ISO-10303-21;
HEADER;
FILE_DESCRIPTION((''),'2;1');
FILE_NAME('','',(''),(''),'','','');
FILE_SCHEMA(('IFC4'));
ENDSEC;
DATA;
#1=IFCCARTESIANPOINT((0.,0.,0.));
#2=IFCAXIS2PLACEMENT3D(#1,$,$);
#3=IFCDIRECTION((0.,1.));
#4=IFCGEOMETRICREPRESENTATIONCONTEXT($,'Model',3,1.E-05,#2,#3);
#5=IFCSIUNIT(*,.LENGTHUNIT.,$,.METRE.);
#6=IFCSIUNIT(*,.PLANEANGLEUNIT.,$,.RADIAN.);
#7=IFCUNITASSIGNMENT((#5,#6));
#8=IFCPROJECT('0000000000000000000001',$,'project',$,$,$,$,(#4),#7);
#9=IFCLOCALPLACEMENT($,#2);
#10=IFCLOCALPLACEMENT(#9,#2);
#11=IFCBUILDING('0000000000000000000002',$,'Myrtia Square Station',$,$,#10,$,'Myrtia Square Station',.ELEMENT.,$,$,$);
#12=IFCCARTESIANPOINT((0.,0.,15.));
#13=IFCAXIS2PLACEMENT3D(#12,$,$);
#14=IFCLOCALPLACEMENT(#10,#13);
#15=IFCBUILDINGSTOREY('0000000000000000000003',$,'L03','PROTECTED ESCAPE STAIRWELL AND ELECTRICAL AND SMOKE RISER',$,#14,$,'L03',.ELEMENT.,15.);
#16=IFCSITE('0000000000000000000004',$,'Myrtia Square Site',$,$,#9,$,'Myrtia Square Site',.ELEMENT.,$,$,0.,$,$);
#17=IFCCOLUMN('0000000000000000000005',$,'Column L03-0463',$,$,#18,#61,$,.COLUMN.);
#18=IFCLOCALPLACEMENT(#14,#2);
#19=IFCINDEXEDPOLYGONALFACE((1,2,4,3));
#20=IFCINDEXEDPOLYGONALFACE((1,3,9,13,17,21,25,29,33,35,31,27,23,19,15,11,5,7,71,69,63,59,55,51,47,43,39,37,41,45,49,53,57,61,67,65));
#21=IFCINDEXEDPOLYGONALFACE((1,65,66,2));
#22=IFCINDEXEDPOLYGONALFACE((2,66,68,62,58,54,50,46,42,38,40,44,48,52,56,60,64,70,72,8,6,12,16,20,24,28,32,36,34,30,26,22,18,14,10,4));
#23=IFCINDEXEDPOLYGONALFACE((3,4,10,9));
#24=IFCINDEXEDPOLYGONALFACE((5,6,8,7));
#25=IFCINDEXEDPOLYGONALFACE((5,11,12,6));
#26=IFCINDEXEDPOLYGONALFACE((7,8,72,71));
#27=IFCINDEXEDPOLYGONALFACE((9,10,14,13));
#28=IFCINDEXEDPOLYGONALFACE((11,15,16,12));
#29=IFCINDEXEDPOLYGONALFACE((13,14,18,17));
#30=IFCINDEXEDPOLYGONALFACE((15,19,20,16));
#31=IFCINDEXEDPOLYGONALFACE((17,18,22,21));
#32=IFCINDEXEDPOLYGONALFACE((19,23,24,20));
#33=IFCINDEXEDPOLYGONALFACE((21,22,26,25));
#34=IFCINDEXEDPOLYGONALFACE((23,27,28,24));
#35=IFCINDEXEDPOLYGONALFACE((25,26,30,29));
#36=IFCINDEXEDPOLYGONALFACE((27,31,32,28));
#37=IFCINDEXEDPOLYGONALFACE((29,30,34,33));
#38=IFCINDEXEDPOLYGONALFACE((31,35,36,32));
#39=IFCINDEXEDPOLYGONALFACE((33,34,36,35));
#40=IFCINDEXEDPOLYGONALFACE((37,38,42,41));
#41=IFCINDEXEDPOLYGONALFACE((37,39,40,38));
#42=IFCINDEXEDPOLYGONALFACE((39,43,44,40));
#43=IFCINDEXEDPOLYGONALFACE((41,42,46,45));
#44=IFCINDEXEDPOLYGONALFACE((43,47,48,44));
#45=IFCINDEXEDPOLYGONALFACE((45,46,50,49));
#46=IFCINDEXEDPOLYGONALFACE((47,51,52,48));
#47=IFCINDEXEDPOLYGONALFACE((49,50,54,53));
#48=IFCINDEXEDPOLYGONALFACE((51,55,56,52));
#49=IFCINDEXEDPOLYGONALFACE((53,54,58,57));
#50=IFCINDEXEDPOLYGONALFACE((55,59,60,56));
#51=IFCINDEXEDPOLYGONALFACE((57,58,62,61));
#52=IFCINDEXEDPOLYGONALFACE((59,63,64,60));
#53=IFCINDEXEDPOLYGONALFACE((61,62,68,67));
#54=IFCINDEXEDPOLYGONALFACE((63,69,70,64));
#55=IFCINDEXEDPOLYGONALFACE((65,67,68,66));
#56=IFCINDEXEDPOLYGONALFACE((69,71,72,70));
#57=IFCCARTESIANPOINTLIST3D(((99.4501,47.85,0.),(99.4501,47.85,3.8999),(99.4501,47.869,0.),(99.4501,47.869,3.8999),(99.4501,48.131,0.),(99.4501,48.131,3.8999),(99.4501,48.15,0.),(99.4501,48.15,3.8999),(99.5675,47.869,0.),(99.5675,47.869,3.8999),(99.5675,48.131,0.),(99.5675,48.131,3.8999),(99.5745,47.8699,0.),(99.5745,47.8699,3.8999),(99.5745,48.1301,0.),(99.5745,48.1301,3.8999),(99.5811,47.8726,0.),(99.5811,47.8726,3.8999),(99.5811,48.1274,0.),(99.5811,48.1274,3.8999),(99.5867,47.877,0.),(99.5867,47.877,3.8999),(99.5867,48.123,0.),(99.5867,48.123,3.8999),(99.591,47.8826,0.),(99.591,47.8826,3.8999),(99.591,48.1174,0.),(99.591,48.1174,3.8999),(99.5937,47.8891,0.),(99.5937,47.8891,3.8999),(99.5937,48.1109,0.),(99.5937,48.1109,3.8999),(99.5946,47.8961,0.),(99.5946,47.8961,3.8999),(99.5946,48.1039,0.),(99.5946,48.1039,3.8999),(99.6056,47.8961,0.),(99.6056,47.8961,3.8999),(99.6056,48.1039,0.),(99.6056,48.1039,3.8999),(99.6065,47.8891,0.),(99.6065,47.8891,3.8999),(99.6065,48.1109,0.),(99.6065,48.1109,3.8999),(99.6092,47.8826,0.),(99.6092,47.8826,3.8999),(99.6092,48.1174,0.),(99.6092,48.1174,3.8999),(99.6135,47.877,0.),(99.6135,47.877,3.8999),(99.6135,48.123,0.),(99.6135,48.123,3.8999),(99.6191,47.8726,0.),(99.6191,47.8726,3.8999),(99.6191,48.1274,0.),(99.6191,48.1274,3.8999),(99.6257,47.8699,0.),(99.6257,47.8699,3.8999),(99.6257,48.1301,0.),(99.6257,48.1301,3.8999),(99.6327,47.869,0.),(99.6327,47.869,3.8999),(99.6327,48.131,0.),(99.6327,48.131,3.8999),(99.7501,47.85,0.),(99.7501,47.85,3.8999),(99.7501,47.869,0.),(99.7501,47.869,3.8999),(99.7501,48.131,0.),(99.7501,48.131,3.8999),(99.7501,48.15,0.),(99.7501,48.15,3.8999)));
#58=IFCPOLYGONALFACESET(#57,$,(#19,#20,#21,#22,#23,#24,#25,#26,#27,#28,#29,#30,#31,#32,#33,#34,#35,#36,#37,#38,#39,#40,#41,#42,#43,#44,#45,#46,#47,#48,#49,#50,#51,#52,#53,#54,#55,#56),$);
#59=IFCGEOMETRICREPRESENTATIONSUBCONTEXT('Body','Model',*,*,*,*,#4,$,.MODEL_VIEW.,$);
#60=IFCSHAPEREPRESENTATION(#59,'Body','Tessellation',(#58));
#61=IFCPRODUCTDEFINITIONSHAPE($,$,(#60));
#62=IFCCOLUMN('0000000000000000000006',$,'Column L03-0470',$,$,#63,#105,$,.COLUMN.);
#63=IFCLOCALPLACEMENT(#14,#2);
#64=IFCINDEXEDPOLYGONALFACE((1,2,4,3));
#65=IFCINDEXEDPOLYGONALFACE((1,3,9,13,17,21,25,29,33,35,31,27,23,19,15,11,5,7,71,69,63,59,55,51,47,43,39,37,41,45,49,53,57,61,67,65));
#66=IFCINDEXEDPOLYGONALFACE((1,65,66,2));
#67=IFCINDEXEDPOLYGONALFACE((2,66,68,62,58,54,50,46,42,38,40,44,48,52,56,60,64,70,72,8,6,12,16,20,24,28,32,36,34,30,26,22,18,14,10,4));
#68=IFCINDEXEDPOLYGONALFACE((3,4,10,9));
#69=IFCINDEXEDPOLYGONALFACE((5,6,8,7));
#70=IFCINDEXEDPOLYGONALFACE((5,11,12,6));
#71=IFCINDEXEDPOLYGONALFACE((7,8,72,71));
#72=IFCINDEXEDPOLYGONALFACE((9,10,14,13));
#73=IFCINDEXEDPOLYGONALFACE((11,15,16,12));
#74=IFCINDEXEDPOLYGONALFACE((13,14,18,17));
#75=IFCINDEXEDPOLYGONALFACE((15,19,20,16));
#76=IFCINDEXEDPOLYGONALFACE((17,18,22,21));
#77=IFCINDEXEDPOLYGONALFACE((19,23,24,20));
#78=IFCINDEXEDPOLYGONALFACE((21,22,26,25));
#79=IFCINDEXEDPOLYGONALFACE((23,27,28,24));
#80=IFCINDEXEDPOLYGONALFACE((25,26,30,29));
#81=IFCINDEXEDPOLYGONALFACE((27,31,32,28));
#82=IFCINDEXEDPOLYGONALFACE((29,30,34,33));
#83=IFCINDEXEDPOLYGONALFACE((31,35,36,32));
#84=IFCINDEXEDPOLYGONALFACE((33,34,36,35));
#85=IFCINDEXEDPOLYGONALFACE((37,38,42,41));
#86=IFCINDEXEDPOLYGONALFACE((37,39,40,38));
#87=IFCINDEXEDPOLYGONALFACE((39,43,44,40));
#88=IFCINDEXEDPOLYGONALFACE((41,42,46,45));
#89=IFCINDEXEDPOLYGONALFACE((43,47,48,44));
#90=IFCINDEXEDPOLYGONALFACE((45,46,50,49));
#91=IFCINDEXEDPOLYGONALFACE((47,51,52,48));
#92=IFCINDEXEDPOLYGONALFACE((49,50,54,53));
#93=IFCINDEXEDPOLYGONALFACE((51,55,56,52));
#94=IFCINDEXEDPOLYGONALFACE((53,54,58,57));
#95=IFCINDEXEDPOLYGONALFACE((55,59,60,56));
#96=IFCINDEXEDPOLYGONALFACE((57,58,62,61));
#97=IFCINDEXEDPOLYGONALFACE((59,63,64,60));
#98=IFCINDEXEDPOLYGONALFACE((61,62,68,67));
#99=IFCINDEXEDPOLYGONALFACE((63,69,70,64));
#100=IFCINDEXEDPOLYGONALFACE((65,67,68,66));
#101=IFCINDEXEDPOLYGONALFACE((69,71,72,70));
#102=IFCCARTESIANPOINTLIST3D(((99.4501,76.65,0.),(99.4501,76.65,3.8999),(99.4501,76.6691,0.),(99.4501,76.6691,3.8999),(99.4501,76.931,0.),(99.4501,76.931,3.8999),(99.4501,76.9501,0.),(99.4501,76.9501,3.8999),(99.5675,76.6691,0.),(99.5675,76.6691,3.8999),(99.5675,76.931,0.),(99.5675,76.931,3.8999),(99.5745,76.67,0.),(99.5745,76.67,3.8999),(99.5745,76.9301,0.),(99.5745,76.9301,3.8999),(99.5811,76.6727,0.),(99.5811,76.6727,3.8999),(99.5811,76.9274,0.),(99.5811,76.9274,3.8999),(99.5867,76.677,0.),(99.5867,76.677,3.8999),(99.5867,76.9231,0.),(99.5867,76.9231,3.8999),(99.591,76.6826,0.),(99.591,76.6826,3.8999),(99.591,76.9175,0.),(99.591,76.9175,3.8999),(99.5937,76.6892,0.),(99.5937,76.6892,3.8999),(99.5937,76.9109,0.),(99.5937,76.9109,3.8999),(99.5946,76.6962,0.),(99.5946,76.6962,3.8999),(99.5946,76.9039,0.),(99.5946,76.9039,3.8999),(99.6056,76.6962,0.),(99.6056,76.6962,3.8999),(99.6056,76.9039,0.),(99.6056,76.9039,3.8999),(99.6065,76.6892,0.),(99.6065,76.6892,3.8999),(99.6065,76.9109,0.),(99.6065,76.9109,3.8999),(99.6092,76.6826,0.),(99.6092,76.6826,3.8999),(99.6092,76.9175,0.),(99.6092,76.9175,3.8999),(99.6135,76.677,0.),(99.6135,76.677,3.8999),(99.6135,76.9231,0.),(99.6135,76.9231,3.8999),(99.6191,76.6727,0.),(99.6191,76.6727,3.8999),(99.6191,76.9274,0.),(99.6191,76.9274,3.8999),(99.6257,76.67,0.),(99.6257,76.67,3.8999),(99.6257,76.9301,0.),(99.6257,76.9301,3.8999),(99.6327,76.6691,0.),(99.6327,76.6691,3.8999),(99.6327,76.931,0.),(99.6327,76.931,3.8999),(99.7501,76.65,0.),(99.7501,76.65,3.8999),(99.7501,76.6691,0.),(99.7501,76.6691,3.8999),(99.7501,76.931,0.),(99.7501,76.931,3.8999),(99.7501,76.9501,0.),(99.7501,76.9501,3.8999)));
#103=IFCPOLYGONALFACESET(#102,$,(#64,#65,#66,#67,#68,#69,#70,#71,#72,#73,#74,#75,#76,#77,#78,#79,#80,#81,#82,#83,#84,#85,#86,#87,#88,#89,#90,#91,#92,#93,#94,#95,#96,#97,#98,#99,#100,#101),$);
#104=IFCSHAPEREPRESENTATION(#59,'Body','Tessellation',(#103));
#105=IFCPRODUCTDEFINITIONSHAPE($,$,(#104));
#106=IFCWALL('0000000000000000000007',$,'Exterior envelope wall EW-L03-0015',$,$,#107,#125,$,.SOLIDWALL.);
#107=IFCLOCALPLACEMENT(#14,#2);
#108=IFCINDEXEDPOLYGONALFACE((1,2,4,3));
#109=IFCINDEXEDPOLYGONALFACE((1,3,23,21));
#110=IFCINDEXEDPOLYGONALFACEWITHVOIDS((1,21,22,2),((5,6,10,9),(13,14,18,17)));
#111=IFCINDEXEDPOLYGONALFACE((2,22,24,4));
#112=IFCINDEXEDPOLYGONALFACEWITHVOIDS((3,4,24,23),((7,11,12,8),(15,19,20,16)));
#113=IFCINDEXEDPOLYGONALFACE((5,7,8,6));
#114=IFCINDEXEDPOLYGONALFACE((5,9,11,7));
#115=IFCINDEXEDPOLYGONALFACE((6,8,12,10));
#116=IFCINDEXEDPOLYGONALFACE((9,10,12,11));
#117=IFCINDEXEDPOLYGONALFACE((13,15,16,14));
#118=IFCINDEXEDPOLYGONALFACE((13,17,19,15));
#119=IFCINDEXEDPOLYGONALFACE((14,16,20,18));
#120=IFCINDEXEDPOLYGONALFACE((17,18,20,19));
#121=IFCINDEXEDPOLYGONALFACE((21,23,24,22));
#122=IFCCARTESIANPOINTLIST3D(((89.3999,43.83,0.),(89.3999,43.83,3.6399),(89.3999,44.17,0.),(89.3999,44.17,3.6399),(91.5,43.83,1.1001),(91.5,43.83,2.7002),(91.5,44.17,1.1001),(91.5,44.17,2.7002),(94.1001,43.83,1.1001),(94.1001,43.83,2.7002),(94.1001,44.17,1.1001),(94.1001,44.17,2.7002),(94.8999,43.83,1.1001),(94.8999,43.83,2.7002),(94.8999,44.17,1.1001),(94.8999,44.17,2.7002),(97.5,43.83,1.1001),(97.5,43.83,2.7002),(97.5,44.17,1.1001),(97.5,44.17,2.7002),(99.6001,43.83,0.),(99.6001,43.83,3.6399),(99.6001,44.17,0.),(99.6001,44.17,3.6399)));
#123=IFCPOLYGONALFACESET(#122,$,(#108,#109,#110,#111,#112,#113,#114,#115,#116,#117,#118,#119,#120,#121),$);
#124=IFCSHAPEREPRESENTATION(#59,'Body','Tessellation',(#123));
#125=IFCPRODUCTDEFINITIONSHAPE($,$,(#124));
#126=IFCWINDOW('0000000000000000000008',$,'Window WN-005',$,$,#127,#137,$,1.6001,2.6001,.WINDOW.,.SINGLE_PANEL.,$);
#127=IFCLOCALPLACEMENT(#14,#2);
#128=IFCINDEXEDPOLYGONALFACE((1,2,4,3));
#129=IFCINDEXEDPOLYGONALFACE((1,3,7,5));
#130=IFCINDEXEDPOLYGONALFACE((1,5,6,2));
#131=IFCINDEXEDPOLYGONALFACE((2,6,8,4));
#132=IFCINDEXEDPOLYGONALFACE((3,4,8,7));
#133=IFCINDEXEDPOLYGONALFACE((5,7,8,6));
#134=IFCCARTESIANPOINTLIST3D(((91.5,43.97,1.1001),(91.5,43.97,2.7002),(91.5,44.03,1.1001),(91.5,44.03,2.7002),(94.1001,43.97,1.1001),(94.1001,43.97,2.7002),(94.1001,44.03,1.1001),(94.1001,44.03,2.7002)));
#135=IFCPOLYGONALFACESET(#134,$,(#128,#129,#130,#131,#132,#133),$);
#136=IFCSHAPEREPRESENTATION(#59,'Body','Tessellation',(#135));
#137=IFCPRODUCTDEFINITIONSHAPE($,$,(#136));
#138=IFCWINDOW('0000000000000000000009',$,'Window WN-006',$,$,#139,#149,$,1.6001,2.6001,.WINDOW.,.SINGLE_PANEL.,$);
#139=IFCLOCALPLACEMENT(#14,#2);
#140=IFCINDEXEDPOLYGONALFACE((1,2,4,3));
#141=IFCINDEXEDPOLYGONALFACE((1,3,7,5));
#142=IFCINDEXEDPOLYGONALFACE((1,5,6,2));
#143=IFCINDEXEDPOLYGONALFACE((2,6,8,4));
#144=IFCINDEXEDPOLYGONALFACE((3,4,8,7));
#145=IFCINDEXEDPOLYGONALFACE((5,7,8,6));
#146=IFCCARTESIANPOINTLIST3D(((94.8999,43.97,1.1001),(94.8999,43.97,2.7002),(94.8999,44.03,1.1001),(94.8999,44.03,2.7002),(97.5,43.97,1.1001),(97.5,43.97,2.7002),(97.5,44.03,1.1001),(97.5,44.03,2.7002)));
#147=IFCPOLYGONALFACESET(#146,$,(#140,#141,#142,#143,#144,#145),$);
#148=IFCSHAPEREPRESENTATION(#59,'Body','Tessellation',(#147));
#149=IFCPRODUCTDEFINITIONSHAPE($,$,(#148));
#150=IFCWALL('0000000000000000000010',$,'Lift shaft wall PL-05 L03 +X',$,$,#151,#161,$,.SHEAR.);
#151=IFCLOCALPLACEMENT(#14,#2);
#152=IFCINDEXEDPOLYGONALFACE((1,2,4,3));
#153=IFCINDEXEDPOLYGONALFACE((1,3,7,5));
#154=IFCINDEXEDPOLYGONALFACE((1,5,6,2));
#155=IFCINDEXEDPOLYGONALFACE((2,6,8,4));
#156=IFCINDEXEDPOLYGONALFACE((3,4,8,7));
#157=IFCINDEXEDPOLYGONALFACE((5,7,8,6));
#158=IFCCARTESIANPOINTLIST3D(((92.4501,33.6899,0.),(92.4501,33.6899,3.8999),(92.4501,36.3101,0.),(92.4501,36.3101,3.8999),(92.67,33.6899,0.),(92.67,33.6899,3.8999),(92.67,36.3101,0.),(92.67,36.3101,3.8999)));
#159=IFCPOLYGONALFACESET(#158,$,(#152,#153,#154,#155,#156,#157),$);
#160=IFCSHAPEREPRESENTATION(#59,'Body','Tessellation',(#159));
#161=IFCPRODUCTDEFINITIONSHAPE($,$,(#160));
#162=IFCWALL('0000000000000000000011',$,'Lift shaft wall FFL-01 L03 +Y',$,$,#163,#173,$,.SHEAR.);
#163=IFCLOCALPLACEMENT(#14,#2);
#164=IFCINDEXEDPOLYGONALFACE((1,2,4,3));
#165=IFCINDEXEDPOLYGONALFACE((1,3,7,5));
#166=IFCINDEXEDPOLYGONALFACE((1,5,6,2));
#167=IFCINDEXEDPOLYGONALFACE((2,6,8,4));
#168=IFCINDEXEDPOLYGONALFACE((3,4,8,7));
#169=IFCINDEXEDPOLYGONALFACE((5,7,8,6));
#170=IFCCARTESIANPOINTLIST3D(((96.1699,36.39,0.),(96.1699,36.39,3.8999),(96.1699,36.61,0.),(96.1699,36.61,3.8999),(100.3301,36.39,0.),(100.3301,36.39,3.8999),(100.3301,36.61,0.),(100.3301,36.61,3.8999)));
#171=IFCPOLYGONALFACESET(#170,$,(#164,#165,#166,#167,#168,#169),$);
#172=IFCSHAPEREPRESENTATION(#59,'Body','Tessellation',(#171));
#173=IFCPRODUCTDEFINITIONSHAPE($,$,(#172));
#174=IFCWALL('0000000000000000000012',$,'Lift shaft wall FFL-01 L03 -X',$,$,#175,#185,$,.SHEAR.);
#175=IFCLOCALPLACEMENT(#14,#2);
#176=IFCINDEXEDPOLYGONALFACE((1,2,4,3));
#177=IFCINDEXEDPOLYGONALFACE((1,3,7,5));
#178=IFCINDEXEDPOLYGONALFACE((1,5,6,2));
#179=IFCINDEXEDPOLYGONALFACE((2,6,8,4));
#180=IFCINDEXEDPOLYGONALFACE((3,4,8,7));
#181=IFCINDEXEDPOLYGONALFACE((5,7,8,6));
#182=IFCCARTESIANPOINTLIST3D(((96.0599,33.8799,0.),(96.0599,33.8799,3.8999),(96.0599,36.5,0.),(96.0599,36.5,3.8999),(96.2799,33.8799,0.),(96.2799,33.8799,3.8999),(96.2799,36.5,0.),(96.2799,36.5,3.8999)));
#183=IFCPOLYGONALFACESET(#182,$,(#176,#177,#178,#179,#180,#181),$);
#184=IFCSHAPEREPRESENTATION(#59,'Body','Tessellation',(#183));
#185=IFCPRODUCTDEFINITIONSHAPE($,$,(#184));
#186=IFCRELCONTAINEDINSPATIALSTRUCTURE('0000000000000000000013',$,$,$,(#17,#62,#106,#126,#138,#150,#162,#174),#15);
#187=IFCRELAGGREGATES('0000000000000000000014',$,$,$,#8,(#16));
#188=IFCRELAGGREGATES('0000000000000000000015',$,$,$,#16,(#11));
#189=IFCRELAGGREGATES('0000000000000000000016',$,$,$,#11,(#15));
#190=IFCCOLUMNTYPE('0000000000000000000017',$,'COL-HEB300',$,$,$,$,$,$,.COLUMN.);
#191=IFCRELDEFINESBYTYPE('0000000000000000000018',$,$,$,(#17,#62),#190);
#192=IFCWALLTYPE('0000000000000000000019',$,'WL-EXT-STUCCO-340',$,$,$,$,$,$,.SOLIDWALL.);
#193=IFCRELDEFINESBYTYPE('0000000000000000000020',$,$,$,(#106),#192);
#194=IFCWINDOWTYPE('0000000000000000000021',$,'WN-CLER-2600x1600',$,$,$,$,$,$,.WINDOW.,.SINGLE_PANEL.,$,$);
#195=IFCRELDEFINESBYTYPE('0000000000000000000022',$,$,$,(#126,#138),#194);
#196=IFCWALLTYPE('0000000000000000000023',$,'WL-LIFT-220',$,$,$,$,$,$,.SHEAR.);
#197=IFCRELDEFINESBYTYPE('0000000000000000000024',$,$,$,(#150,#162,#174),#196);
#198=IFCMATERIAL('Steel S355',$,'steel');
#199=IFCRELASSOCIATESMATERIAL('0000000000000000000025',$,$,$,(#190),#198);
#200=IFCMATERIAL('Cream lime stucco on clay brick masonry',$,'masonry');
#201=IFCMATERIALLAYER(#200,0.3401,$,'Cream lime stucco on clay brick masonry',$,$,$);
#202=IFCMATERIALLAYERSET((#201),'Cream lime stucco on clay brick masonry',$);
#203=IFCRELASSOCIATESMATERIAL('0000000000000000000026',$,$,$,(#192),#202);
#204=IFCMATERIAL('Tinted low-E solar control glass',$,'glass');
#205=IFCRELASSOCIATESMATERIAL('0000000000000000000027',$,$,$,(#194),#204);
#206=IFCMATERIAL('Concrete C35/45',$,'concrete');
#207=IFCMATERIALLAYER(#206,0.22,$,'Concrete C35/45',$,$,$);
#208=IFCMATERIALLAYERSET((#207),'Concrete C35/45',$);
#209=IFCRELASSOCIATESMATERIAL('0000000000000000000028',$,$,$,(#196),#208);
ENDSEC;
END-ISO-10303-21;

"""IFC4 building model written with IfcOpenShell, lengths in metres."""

from ifc_helpers import new_model, si_unit, direction, frame, frame_2d, origin, origin_2d, place, context, subcontext, project, spatial, rectangle, i_section, extrude, material, layer, layer_set, material_profile, profile_set, type_object, element, fill, save


model = new_model("IFC4")

# Units and contexts
model_context = context("Model", 3, precision=1e-05, world=origin(), true_north=direction((0.0, 1.0)))
body_context = subcontext(model_context, "Body", "Model", "MODEL_VIEW")
ifc_project = project(units=[si_unit("LENGTHUNIT", "METRE"), si_unit("PLANEANGLEUNIT", "RADIAN")], contexts=[model_context])

# Site, building, storey
site_placement = place(None, origin())
site = spatial("IfcSite", under=ifc_project, at=site_placement, Name="Myrtia Square Site", LongName="Myrtia Square Site", CompositionType="ELEMENT", RefElevation=0.0)
building_placement = place(site_placement, origin())
building = spatial("IfcBuilding", under=site, at=building_placement, Name="Myrtia Square Station", LongName="Myrtia Square Station", CompositionType="ELEMENT")
storey_placement = place(building_placement, frame((0.0, 0.0, 15.0)))
storey = spatial("IfcBuildingStorey", under=building, at=storey_placement, Name="L03", Description="PROTECTED ESCAPE STAIRWELL AND ELECTRICAL AND SMOKE RISER", LongName="L03", CompositionType="ELEMENT", Elevation=15.0)

# Columns
ifc_material_1 = material(Name="Steel S355", Category="steel")
ifc_material_profile = material_profile(ifc_material_1, i_section(OverallWidth=0.3, OverallDepth=0.3, WebThickness=0.011, FlangeThickness=0.019, FilletRadius=0.0271, at=origin_2d()), Name="HEB 300")
ifc_profile_set = profile_set([ifc_material_profile], Name="Steel S355")
column_type = type_object("IfcColumnType", Name="COL-HEB300", PredefinedType="COLUMN", material=ifc_profile_set)
for number, where, z_axis, x_axis, name in (
    (1, (99.6001, 48.0, 0.0), (0.0, 0.0, 1.0), (1.0, 0.0, 0.0), "Column L03-0463"),
    (2, (99.6001, 76.8, 0.0), (0.0, 0.0, 1.0), (1.0, 0.0, 0.0), "Column L03-0470"),
):
    element("IfcColumn", number, at=place(storey_placement, frame(where, z_axis=z_axis, x_axis=x_axis)), inside=storey, type_object=column_type, Name=name, PredefinedType="COLUMN", context=body_context, shape_type="SweptSolid", body=[
        extrude(i_section(OverallWidth=0.3, OverallDepth=0.3, WebThickness=0.011, FlangeThickness=0.019, FilletRadius=0.0271, at=origin_2d()), origin(), (0.0, 0.0, 1.0), 3.8999),
    ])

# Shared definitions
ifc_material_2 = material(Name="Concrete C35/45", Category="concrete")

# Wall, openings, windows
ifc_material_3 = material(Name="Cream lime stucco on clay brick masonry", Category="masonry")
ifc_layer_1 = layer(ifc_material_3, 0.3401, Name="Cream lime stucco on clay brick masonry")
ifc_layer_set_1 = layer_set([ifc_layer_1], Name="Cream lime stucco on clay brick masonry")
wall_type_1 = type_object("IfcWallType", Name="WL-EXT-STUCCO-340", PredefinedType="SOLIDWALL", material=ifc_layer_set_1)
wall_1_placement = place(storey_placement, frame((89.3999, 44.0, 0.0), z_axis=(0.0, 0.0, 1.0), x_axis=(1.0, 0.0, 0.0)))
wall_1 = element("IfcWall", 3, at=wall_1_placement, inside=storey, type_object=wall_type_1, Name="Exterior envelope wall EW-L03-0015", PredefinedType="SOLIDWALL", context=body_context, shape_type="SweptSolid", body=[
    extrude(rectangle(XDim=10.2002, YDim=0.3401, at=frame_2d((5.1001, 0.0))), origin(), (0.0, 0.0, 1.0), 3.6399),
])
opening_1_placement = place(wall_1_placement, frame((2.1001, 0.0, 1.1001)))
opening_1 = element("IfcOpeningElement", 4, at=opening_1_placement, cuts=wall_1, PredefinedType="OPENING", context=body_context, shape_type="SweptSolid", body=[
    extrude(rectangle(XDim=2.6001, YDim=1.6001, at=frame_2d((1.3, 0.8))), frame((0.0, 0.1851, 0.0), z_axis=(0.0, -1.0, 0.0), x_axis=(1.0, 0.0, 0.0)), (0.0, 0.0, 1.0), 0.3701),
])
opening_2_placement = place(wall_1_placement, frame((5.5, 0.0, 1.1001)))
opening_2 = element("IfcOpeningElement", 5, at=opening_2_placement, cuts=wall_1, PredefinedType="OPENING", context=body_context, shape_type="SweptSolid", body=[
    extrude(rectangle(XDim=2.6001, YDim=1.6001, at=frame_2d((1.3, 0.8))), frame((0.0, 0.1851, 0.0), z_axis=(0.0, -1.0, 0.0), x_axis=(1.0, 0.0, 0.0)), (0.0, 0.0, 1.0), 0.3701),
])
ifc_material_4 = material(Name="Tinted low-E solar control glass", Category="glass")
window_type = type_object("IfcWindowType", Name="WN-CLER-2600x1600", PartitioningType="SINGLE_PANEL", PredefinedType="WINDOW", material=ifc_material_4)
window_1_placement = place(opening_1_placement, origin())
window_1 = element("IfcWindow", 6, at=window_1_placement, inside=storey, type_object=window_type, Name="Window WN-005", OverallHeight=1.6001, OverallWidth=2.6001, PartitioningType="SINGLE_PANEL", PredefinedType="WINDOW", context=body_context, shape_type="SweptSolid", body=[
    extrude(rectangle(XDim=2.6001, YDim=1.6001, at=frame_2d((1.3, 0.8))), frame((0.0, 0.03, 0.0), z_axis=(0.0, -1.0, 0.0), x_axis=(1.0, 0.0, 0.0)), (0.0, 0.0, 1.0), 0.0601),
])
fill(opening_1, window_1)
window_2_placement = place(opening_2_placement, origin())
window_2 = element("IfcWindow", 7, at=window_2_placement, inside=storey, type_object=window_type, Name="Window WN-006", OverallHeight=1.6001, OverallWidth=2.6001, PartitioningType="SINGLE_PANEL", PredefinedType="WINDOW", context=body_context, shape_type="SweptSolid", body=[
    extrude(rectangle(XDim=2.6001, YDim=1.6001, at=frame_2d((1.3, 0.8))), frame((0.0, 0.03, 0.0), z_axis=(0.0, -1.0, 0.0), x_axis=(1.0, 0.0, 0.0)), (0.0, 0.0, 1.0), 0.0601),
])
fill(opening_2, window_2)

# Shared definitions
ifc_layer_2 = layer(ifc_material_2, 0.22, Name="Concrete C35/45")
ifc_layer_set_2 = layer_set([ifc_layer_2], Name="Concrete C35/45")
wall_type_2 = type_object("IfcWallType", Name="WL-LIFT-220", PredefinedType="SHEAR", material=ifc_layer_set_2)

# Wall
wall_2_placement = place(storey_placement, frame((92.5601, 33.6899, 0.0), z_axis=(0.0, 0.0, 1.0), x_axis=(0.0, 1.0, 0.0)))
element("IfcWall", 8, at=wall_2_placement, inside=storey, type_object=wall_type_2, Name="Lift shaft wall PL-05 L03 +X", PredefinedType="SHEAR", context=body_context, shape_type="SweptSolid", body=[
    extrude(rectangle(XDim=2.6201, YDim=0.22, at=frame_2d((1.3101, 0.0))), origin(), (0.0, 0.0, 1.0), 3.8999),
])

# Walls
wall_3_placement = place(storey_placement, frame((96.1699, 36.5, 0.0), z_axis=(0.0, 0.0, 1.0), x_axis=(1.0, 0.0, 0.0)))
element("IfcWall", 9, at=wall_3_placement, inside=storey, type_object=wall_type_2, Name="Lift shaft wall FFL-01 L03 +Y", PredefinedType="SHEAR", context=body_context, shape_type="SweptSolid", body=[
    extrude(rectangle(XDim=4.1602, YDim=0.22, at=frame_2d((2.0801, 0.0))), origin(), (0.0, 0.0, 1.0), 3.8999),
])
wall_4_placement = place(storey_placement, frame((96.1699, 33.8799, 0.0), z_axis=(0.0, 0.0, 1.0), x_axis=(0.0, 1.0, 0.0)))
element("IfcWall", 10, at=wall_4_placement, inside=storey, type_object=wall_type_2, Name="Lift shaft wall FFL-01 L03 -X", PredefinedType="SHEAR", context=body_context, shape_type="SweptSolid", body=[
    extrude(rectangle(XDim=2.6201, YDim=0.22, at=frame_2d((1.3101, 0.0))), origin(), (0.0, 0.0, 1.0), 3.8999),
])

save(model, "model.ifc")
